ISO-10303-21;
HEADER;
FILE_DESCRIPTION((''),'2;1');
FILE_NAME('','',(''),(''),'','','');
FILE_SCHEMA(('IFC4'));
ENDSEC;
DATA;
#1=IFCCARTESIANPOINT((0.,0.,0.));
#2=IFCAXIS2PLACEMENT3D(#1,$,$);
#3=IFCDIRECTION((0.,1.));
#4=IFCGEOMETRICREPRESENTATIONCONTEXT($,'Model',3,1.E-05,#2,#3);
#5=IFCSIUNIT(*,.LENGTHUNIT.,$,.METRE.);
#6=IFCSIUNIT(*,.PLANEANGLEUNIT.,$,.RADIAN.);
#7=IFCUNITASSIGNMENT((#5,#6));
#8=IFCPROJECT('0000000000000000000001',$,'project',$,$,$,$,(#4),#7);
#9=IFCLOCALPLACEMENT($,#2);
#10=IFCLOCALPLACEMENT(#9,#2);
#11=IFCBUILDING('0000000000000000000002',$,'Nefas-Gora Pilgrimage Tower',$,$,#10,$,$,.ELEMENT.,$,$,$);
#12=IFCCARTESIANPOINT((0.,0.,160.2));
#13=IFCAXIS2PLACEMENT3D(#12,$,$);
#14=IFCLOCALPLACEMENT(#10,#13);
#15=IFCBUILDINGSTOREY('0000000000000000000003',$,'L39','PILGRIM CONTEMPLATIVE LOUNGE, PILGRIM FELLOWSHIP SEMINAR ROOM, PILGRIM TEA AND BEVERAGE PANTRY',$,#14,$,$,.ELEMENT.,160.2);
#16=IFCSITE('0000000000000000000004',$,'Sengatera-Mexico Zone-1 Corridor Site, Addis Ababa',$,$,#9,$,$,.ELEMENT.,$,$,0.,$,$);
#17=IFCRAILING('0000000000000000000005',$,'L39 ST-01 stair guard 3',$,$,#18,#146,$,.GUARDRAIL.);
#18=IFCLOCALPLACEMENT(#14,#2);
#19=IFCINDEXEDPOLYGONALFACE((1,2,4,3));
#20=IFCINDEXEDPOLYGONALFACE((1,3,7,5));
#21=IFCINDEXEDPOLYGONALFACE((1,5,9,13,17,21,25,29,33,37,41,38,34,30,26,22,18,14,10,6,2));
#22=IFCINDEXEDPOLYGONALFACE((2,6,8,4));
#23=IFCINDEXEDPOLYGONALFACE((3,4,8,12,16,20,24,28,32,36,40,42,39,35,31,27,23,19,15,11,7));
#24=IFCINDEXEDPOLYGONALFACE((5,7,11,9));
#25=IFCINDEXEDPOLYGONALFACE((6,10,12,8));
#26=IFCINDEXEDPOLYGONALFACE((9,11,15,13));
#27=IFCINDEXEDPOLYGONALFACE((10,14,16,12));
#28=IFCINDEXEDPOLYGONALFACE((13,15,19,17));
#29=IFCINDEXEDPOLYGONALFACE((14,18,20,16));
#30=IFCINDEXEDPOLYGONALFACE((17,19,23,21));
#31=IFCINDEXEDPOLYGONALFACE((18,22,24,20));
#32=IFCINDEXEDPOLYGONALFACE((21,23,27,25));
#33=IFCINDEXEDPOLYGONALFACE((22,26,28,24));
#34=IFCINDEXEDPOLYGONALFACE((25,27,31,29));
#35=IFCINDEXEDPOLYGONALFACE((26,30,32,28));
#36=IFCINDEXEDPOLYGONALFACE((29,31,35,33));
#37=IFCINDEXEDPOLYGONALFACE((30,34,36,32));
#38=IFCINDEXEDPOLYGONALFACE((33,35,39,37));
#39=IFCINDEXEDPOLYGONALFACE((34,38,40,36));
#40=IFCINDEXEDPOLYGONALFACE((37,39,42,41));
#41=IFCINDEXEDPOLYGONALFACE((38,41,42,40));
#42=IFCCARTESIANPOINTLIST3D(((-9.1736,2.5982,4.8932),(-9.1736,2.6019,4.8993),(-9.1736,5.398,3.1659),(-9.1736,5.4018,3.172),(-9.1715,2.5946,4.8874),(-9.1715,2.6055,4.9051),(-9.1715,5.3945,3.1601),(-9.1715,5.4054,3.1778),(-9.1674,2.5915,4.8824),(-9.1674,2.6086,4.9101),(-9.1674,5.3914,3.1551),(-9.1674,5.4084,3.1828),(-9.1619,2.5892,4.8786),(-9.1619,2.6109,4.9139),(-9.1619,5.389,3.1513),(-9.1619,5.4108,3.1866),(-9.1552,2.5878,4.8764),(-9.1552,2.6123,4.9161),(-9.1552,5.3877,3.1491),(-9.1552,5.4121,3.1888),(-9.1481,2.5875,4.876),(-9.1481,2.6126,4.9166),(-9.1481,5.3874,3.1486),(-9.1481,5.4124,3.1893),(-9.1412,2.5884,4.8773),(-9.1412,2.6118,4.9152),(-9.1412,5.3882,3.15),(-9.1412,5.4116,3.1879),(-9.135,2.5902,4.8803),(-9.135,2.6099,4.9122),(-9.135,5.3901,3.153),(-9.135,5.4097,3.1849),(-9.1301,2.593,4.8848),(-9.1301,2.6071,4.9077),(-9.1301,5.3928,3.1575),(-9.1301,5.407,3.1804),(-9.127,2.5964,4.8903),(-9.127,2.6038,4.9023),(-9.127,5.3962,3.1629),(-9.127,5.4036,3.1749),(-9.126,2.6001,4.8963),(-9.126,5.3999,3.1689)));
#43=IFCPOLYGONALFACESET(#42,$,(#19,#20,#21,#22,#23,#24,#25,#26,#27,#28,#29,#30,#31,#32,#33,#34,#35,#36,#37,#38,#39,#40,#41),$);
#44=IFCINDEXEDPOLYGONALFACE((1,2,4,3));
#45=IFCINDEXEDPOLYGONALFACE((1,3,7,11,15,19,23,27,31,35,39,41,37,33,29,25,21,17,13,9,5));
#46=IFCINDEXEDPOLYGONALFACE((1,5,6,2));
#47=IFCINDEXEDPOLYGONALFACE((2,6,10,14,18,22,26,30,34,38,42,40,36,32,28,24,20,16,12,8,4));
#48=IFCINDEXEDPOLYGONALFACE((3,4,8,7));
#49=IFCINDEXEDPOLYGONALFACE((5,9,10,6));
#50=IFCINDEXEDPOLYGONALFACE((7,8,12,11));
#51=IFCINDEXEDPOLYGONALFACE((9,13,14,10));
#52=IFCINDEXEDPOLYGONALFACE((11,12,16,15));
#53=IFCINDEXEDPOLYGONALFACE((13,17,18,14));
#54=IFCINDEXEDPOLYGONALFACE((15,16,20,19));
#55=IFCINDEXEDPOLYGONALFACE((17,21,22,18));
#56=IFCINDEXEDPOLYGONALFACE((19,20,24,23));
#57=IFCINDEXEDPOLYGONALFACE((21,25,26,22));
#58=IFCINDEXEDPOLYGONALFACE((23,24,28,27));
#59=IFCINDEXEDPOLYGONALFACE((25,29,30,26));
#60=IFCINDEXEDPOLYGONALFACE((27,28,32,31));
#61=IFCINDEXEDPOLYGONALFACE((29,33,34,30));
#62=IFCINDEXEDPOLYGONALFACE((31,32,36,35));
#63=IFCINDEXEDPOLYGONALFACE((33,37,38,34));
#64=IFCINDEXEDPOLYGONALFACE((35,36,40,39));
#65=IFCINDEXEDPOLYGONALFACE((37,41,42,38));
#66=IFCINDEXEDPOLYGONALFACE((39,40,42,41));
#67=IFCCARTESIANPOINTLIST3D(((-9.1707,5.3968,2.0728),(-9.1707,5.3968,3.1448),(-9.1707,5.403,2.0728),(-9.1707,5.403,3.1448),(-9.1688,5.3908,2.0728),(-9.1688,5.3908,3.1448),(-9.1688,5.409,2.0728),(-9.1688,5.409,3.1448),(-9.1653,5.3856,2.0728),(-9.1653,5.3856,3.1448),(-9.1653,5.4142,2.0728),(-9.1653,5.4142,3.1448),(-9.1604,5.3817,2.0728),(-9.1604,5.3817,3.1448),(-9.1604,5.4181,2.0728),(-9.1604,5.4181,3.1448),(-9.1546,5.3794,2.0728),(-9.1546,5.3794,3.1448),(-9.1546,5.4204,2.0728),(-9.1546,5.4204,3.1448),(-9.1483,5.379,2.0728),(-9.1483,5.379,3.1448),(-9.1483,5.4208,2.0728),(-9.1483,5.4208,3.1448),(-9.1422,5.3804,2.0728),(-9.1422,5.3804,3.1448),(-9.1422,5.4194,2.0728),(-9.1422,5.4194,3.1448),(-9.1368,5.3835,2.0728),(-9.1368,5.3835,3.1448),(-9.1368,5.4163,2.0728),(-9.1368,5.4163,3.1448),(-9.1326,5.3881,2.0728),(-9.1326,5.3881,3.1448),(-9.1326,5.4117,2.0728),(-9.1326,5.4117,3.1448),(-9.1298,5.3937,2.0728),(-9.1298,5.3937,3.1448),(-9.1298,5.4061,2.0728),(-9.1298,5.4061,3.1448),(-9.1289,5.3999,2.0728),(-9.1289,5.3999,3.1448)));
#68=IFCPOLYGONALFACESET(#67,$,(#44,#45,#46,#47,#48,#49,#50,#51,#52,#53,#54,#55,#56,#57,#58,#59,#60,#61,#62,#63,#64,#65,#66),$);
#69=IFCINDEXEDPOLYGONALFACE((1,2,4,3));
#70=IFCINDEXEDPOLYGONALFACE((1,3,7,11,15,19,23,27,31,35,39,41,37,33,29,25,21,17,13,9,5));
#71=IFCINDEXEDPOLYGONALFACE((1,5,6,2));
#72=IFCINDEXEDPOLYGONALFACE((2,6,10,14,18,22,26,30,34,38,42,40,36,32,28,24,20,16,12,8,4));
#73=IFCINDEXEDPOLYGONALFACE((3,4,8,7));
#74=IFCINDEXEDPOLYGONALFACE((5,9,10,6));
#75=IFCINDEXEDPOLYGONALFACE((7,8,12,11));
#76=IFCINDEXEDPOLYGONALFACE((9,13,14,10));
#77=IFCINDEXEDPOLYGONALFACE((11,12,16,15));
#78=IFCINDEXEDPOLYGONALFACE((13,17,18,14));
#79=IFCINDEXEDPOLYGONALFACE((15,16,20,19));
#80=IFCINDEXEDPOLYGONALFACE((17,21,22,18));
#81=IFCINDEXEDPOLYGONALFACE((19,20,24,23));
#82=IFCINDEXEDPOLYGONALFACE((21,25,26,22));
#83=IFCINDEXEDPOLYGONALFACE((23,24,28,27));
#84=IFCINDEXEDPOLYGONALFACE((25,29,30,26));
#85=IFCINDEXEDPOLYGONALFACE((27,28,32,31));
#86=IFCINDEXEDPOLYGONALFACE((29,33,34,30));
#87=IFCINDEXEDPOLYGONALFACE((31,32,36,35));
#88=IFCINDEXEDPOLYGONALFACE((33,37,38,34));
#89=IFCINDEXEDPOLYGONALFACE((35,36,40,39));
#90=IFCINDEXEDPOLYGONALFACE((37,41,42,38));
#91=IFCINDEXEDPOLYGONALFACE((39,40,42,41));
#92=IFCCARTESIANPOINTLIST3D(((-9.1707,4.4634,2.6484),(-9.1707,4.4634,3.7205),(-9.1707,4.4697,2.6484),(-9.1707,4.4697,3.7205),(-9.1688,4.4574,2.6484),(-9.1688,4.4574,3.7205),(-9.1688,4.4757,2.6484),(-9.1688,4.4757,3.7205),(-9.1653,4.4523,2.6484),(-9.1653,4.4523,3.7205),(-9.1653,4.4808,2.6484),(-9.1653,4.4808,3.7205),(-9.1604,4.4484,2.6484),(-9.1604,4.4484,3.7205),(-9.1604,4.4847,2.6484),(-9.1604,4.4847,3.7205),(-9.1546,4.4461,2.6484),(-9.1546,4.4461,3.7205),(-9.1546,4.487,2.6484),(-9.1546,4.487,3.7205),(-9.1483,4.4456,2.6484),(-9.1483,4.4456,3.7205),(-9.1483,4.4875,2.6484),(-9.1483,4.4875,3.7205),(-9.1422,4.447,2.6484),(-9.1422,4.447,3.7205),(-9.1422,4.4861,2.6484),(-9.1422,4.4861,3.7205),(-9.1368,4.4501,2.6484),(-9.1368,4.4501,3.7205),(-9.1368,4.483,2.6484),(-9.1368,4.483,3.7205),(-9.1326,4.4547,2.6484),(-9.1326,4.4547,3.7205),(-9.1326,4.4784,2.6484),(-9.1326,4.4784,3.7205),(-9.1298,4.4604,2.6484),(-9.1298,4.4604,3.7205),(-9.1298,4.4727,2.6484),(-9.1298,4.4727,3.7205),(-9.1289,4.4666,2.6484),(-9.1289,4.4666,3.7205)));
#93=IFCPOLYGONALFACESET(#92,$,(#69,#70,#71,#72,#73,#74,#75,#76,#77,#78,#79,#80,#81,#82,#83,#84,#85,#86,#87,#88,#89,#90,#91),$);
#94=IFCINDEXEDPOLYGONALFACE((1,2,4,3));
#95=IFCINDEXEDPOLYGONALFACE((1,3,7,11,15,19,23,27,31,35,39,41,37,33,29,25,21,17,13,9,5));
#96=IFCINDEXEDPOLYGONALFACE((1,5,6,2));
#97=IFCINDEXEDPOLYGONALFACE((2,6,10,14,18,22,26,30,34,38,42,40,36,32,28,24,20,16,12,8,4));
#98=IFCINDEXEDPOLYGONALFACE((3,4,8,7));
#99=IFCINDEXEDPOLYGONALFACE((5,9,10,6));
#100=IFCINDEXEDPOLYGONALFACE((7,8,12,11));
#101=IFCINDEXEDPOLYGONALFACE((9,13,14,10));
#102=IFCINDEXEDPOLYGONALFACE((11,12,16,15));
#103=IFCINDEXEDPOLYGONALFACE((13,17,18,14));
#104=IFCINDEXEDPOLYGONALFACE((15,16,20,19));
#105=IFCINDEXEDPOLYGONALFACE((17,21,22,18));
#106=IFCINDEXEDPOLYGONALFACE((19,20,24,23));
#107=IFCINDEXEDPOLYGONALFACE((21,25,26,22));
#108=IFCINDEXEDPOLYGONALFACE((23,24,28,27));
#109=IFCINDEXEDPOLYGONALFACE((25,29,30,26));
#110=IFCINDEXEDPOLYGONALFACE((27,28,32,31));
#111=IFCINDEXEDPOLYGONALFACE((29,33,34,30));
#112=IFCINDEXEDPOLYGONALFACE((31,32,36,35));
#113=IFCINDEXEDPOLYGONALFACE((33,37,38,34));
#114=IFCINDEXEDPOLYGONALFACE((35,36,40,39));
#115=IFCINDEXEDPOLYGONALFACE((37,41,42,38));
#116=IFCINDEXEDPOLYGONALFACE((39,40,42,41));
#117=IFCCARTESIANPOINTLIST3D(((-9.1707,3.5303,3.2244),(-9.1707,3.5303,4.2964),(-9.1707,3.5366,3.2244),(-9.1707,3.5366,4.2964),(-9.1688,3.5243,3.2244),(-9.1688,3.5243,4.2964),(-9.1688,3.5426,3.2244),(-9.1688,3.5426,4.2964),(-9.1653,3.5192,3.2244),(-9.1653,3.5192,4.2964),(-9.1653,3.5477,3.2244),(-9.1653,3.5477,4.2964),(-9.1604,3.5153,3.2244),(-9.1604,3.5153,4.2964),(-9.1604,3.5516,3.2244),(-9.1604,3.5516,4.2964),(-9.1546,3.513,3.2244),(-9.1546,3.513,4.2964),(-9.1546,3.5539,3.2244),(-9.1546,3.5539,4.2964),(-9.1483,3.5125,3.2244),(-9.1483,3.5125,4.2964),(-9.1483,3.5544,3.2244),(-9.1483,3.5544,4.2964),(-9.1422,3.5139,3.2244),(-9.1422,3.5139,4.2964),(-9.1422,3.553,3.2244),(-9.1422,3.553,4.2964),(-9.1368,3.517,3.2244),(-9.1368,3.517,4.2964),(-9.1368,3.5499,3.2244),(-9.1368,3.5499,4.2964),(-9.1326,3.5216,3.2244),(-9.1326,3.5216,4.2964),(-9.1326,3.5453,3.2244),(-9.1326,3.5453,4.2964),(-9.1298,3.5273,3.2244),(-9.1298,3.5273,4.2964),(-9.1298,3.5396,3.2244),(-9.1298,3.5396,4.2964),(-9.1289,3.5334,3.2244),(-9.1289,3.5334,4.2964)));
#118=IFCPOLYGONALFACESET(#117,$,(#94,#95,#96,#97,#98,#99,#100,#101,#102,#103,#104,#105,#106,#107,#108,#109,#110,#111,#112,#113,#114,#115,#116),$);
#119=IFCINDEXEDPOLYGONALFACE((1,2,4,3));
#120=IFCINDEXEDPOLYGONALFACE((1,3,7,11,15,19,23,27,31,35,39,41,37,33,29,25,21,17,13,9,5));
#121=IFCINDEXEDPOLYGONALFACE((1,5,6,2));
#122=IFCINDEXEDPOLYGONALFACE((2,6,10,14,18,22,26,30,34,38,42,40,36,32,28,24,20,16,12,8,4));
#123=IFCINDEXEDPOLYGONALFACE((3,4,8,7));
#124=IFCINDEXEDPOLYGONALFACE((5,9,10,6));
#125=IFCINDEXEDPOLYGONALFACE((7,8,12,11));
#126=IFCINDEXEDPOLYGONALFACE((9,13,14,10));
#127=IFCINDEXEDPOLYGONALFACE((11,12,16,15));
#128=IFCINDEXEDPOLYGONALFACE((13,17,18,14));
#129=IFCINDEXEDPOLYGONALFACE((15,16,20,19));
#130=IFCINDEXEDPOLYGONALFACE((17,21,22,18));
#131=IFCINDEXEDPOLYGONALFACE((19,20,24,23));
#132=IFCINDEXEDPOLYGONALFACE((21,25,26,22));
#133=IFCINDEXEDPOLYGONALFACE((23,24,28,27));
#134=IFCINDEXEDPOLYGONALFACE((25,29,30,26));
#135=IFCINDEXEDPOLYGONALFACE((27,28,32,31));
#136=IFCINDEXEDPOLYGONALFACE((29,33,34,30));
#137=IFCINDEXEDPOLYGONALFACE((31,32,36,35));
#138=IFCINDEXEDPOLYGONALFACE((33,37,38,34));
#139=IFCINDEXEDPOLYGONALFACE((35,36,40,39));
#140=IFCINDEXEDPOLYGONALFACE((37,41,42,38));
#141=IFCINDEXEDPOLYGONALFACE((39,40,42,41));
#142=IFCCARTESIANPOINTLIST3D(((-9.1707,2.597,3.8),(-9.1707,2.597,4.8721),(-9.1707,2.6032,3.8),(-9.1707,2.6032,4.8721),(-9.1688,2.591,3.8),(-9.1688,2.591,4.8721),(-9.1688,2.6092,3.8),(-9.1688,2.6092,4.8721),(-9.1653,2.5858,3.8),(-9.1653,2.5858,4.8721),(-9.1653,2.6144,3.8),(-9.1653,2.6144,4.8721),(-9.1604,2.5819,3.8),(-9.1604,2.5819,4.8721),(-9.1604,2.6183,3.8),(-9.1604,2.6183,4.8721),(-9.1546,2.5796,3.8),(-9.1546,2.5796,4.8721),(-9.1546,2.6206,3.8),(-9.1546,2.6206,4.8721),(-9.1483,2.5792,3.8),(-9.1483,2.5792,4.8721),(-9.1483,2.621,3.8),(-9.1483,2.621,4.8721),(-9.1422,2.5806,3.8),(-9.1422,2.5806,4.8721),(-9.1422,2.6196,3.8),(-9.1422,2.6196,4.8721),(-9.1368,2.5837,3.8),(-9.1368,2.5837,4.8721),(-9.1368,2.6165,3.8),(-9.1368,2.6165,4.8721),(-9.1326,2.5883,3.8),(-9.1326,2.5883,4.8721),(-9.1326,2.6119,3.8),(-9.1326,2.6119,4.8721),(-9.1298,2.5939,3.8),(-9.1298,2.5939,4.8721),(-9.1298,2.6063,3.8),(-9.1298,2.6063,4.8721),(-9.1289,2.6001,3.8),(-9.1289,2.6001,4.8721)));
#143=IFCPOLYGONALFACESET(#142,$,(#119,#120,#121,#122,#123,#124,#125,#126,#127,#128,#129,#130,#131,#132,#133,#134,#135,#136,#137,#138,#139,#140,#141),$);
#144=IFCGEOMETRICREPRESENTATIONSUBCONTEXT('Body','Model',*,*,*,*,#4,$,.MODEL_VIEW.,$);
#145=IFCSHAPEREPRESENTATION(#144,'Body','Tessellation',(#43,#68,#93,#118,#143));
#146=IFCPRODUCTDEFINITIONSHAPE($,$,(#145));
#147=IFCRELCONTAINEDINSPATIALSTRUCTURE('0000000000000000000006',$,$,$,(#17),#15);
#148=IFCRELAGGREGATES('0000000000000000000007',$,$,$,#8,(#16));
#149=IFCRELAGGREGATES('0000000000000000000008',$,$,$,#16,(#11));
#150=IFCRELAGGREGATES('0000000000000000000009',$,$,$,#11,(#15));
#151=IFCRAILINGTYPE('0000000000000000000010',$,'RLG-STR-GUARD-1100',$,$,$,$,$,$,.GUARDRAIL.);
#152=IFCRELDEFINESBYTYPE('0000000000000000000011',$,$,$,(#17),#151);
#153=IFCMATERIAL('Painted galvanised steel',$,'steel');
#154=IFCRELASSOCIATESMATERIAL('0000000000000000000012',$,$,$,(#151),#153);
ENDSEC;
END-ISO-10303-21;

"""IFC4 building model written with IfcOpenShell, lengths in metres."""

from ifc_helpers import new_model, si_unit, direction, frame, origin, origin_2d, place, context, subcontext, project, spatial, circle, extrude, material, type_object, element, save


model = new_model("IFC4")

# Units and contexts
model_context = context("Model", 3, precision=1e-05, world=origin(), true_north=direction((0.0, 1.0)))
body_context = subcontext(model_context, "Body", "Model", "MODEL_VIEW")
ifc_project = project(units=[si_unit("LENGTHUNIT", "METRE"), si_unit("PLANEANGLEUNIT", "RADIAN")], contexts=[model_context])

# Site, building, storey
site_placement = place(None, origin())
site = spatial("IfcSite", under=ifc_project, at=site_placement, Name="Sengatera-Mexico Zone-1 Corridor Site, Addis Ababa", CompositionType="ELEMENT", RefElevation=0.0)
building_placement = place(site_placement, origin())
building = spatial("IfcBuilding", under=site, at=building_placement, Name="Nefas-Gora Pilgrimage Tower", CompositionType="ELEMENT")
storey_placement = place(building_placement, frame((0.0, 0.0, 160.2)))
storey = spatial("IfcBuildingStorey", under=building, at=storey_placement, Name="L39", Description="PILGRIM CONTEMPLATIVE LOUNGE, PILGRIM FELLOWSHIP SEMINAR ROOM, PILGRIM TEA AND BEVERAGE PANTRY", CompositionType="ELEMENT", Elevation=160.2)

# Railing
ifc_material_1 = material(Name="Painted galvanised steel", Category="steel")
railing_type_1 = type_object("IfcRailingType", Name="RLG-STR-GUARD-1100", PredefinedType="GUARDRAIL", material=ifc_material_1)
railing_1_placement = place(storey_placement, frame((-9.1499, 5.3999, 2.0728)))
element("IfcRailing", 1, at=railing_1_placement, inside=storey, type_object=railing_type_1, Name="L39 ST-01 stair guard 3", PredefinedType="GUARDRAIL", context=body_context, shape_type="SweptSolid", body=[
    extrude(circle(Radius=0.0239, at=origin_2d()), frame((0.0, 0.0, 1.0962), z_axis=(0.0, -0.851069, 0.525054), x_axis=(1.0, 0.0, 0.0)), (0.0, 0.0, 1.0), 3.2898),
    extrude(circle(Radius=0.021, at=origin_2d()), origin(), (0.0, 0.0, 1.0), 1.072),
    extrude(circle(Radius=0.021, at=origin_2d()), frame((0.0, -0.9333, 0.5757)), (0.0, 0.0, 1.0), 1.072),
    extrude(circle(Radius=0.021, at=origin_2d()), frame((0.0, -1.8665, 1.1516)), (0.0, 0.0, 1.0), 1.072),
    extrude(circle(Radius=0.021, at=origin_2d()), frame((0.0, -2.7998, 1.7273)), (0.0, 0.0, 1.0), 1.072),
])

save(model, "model.ifc")
